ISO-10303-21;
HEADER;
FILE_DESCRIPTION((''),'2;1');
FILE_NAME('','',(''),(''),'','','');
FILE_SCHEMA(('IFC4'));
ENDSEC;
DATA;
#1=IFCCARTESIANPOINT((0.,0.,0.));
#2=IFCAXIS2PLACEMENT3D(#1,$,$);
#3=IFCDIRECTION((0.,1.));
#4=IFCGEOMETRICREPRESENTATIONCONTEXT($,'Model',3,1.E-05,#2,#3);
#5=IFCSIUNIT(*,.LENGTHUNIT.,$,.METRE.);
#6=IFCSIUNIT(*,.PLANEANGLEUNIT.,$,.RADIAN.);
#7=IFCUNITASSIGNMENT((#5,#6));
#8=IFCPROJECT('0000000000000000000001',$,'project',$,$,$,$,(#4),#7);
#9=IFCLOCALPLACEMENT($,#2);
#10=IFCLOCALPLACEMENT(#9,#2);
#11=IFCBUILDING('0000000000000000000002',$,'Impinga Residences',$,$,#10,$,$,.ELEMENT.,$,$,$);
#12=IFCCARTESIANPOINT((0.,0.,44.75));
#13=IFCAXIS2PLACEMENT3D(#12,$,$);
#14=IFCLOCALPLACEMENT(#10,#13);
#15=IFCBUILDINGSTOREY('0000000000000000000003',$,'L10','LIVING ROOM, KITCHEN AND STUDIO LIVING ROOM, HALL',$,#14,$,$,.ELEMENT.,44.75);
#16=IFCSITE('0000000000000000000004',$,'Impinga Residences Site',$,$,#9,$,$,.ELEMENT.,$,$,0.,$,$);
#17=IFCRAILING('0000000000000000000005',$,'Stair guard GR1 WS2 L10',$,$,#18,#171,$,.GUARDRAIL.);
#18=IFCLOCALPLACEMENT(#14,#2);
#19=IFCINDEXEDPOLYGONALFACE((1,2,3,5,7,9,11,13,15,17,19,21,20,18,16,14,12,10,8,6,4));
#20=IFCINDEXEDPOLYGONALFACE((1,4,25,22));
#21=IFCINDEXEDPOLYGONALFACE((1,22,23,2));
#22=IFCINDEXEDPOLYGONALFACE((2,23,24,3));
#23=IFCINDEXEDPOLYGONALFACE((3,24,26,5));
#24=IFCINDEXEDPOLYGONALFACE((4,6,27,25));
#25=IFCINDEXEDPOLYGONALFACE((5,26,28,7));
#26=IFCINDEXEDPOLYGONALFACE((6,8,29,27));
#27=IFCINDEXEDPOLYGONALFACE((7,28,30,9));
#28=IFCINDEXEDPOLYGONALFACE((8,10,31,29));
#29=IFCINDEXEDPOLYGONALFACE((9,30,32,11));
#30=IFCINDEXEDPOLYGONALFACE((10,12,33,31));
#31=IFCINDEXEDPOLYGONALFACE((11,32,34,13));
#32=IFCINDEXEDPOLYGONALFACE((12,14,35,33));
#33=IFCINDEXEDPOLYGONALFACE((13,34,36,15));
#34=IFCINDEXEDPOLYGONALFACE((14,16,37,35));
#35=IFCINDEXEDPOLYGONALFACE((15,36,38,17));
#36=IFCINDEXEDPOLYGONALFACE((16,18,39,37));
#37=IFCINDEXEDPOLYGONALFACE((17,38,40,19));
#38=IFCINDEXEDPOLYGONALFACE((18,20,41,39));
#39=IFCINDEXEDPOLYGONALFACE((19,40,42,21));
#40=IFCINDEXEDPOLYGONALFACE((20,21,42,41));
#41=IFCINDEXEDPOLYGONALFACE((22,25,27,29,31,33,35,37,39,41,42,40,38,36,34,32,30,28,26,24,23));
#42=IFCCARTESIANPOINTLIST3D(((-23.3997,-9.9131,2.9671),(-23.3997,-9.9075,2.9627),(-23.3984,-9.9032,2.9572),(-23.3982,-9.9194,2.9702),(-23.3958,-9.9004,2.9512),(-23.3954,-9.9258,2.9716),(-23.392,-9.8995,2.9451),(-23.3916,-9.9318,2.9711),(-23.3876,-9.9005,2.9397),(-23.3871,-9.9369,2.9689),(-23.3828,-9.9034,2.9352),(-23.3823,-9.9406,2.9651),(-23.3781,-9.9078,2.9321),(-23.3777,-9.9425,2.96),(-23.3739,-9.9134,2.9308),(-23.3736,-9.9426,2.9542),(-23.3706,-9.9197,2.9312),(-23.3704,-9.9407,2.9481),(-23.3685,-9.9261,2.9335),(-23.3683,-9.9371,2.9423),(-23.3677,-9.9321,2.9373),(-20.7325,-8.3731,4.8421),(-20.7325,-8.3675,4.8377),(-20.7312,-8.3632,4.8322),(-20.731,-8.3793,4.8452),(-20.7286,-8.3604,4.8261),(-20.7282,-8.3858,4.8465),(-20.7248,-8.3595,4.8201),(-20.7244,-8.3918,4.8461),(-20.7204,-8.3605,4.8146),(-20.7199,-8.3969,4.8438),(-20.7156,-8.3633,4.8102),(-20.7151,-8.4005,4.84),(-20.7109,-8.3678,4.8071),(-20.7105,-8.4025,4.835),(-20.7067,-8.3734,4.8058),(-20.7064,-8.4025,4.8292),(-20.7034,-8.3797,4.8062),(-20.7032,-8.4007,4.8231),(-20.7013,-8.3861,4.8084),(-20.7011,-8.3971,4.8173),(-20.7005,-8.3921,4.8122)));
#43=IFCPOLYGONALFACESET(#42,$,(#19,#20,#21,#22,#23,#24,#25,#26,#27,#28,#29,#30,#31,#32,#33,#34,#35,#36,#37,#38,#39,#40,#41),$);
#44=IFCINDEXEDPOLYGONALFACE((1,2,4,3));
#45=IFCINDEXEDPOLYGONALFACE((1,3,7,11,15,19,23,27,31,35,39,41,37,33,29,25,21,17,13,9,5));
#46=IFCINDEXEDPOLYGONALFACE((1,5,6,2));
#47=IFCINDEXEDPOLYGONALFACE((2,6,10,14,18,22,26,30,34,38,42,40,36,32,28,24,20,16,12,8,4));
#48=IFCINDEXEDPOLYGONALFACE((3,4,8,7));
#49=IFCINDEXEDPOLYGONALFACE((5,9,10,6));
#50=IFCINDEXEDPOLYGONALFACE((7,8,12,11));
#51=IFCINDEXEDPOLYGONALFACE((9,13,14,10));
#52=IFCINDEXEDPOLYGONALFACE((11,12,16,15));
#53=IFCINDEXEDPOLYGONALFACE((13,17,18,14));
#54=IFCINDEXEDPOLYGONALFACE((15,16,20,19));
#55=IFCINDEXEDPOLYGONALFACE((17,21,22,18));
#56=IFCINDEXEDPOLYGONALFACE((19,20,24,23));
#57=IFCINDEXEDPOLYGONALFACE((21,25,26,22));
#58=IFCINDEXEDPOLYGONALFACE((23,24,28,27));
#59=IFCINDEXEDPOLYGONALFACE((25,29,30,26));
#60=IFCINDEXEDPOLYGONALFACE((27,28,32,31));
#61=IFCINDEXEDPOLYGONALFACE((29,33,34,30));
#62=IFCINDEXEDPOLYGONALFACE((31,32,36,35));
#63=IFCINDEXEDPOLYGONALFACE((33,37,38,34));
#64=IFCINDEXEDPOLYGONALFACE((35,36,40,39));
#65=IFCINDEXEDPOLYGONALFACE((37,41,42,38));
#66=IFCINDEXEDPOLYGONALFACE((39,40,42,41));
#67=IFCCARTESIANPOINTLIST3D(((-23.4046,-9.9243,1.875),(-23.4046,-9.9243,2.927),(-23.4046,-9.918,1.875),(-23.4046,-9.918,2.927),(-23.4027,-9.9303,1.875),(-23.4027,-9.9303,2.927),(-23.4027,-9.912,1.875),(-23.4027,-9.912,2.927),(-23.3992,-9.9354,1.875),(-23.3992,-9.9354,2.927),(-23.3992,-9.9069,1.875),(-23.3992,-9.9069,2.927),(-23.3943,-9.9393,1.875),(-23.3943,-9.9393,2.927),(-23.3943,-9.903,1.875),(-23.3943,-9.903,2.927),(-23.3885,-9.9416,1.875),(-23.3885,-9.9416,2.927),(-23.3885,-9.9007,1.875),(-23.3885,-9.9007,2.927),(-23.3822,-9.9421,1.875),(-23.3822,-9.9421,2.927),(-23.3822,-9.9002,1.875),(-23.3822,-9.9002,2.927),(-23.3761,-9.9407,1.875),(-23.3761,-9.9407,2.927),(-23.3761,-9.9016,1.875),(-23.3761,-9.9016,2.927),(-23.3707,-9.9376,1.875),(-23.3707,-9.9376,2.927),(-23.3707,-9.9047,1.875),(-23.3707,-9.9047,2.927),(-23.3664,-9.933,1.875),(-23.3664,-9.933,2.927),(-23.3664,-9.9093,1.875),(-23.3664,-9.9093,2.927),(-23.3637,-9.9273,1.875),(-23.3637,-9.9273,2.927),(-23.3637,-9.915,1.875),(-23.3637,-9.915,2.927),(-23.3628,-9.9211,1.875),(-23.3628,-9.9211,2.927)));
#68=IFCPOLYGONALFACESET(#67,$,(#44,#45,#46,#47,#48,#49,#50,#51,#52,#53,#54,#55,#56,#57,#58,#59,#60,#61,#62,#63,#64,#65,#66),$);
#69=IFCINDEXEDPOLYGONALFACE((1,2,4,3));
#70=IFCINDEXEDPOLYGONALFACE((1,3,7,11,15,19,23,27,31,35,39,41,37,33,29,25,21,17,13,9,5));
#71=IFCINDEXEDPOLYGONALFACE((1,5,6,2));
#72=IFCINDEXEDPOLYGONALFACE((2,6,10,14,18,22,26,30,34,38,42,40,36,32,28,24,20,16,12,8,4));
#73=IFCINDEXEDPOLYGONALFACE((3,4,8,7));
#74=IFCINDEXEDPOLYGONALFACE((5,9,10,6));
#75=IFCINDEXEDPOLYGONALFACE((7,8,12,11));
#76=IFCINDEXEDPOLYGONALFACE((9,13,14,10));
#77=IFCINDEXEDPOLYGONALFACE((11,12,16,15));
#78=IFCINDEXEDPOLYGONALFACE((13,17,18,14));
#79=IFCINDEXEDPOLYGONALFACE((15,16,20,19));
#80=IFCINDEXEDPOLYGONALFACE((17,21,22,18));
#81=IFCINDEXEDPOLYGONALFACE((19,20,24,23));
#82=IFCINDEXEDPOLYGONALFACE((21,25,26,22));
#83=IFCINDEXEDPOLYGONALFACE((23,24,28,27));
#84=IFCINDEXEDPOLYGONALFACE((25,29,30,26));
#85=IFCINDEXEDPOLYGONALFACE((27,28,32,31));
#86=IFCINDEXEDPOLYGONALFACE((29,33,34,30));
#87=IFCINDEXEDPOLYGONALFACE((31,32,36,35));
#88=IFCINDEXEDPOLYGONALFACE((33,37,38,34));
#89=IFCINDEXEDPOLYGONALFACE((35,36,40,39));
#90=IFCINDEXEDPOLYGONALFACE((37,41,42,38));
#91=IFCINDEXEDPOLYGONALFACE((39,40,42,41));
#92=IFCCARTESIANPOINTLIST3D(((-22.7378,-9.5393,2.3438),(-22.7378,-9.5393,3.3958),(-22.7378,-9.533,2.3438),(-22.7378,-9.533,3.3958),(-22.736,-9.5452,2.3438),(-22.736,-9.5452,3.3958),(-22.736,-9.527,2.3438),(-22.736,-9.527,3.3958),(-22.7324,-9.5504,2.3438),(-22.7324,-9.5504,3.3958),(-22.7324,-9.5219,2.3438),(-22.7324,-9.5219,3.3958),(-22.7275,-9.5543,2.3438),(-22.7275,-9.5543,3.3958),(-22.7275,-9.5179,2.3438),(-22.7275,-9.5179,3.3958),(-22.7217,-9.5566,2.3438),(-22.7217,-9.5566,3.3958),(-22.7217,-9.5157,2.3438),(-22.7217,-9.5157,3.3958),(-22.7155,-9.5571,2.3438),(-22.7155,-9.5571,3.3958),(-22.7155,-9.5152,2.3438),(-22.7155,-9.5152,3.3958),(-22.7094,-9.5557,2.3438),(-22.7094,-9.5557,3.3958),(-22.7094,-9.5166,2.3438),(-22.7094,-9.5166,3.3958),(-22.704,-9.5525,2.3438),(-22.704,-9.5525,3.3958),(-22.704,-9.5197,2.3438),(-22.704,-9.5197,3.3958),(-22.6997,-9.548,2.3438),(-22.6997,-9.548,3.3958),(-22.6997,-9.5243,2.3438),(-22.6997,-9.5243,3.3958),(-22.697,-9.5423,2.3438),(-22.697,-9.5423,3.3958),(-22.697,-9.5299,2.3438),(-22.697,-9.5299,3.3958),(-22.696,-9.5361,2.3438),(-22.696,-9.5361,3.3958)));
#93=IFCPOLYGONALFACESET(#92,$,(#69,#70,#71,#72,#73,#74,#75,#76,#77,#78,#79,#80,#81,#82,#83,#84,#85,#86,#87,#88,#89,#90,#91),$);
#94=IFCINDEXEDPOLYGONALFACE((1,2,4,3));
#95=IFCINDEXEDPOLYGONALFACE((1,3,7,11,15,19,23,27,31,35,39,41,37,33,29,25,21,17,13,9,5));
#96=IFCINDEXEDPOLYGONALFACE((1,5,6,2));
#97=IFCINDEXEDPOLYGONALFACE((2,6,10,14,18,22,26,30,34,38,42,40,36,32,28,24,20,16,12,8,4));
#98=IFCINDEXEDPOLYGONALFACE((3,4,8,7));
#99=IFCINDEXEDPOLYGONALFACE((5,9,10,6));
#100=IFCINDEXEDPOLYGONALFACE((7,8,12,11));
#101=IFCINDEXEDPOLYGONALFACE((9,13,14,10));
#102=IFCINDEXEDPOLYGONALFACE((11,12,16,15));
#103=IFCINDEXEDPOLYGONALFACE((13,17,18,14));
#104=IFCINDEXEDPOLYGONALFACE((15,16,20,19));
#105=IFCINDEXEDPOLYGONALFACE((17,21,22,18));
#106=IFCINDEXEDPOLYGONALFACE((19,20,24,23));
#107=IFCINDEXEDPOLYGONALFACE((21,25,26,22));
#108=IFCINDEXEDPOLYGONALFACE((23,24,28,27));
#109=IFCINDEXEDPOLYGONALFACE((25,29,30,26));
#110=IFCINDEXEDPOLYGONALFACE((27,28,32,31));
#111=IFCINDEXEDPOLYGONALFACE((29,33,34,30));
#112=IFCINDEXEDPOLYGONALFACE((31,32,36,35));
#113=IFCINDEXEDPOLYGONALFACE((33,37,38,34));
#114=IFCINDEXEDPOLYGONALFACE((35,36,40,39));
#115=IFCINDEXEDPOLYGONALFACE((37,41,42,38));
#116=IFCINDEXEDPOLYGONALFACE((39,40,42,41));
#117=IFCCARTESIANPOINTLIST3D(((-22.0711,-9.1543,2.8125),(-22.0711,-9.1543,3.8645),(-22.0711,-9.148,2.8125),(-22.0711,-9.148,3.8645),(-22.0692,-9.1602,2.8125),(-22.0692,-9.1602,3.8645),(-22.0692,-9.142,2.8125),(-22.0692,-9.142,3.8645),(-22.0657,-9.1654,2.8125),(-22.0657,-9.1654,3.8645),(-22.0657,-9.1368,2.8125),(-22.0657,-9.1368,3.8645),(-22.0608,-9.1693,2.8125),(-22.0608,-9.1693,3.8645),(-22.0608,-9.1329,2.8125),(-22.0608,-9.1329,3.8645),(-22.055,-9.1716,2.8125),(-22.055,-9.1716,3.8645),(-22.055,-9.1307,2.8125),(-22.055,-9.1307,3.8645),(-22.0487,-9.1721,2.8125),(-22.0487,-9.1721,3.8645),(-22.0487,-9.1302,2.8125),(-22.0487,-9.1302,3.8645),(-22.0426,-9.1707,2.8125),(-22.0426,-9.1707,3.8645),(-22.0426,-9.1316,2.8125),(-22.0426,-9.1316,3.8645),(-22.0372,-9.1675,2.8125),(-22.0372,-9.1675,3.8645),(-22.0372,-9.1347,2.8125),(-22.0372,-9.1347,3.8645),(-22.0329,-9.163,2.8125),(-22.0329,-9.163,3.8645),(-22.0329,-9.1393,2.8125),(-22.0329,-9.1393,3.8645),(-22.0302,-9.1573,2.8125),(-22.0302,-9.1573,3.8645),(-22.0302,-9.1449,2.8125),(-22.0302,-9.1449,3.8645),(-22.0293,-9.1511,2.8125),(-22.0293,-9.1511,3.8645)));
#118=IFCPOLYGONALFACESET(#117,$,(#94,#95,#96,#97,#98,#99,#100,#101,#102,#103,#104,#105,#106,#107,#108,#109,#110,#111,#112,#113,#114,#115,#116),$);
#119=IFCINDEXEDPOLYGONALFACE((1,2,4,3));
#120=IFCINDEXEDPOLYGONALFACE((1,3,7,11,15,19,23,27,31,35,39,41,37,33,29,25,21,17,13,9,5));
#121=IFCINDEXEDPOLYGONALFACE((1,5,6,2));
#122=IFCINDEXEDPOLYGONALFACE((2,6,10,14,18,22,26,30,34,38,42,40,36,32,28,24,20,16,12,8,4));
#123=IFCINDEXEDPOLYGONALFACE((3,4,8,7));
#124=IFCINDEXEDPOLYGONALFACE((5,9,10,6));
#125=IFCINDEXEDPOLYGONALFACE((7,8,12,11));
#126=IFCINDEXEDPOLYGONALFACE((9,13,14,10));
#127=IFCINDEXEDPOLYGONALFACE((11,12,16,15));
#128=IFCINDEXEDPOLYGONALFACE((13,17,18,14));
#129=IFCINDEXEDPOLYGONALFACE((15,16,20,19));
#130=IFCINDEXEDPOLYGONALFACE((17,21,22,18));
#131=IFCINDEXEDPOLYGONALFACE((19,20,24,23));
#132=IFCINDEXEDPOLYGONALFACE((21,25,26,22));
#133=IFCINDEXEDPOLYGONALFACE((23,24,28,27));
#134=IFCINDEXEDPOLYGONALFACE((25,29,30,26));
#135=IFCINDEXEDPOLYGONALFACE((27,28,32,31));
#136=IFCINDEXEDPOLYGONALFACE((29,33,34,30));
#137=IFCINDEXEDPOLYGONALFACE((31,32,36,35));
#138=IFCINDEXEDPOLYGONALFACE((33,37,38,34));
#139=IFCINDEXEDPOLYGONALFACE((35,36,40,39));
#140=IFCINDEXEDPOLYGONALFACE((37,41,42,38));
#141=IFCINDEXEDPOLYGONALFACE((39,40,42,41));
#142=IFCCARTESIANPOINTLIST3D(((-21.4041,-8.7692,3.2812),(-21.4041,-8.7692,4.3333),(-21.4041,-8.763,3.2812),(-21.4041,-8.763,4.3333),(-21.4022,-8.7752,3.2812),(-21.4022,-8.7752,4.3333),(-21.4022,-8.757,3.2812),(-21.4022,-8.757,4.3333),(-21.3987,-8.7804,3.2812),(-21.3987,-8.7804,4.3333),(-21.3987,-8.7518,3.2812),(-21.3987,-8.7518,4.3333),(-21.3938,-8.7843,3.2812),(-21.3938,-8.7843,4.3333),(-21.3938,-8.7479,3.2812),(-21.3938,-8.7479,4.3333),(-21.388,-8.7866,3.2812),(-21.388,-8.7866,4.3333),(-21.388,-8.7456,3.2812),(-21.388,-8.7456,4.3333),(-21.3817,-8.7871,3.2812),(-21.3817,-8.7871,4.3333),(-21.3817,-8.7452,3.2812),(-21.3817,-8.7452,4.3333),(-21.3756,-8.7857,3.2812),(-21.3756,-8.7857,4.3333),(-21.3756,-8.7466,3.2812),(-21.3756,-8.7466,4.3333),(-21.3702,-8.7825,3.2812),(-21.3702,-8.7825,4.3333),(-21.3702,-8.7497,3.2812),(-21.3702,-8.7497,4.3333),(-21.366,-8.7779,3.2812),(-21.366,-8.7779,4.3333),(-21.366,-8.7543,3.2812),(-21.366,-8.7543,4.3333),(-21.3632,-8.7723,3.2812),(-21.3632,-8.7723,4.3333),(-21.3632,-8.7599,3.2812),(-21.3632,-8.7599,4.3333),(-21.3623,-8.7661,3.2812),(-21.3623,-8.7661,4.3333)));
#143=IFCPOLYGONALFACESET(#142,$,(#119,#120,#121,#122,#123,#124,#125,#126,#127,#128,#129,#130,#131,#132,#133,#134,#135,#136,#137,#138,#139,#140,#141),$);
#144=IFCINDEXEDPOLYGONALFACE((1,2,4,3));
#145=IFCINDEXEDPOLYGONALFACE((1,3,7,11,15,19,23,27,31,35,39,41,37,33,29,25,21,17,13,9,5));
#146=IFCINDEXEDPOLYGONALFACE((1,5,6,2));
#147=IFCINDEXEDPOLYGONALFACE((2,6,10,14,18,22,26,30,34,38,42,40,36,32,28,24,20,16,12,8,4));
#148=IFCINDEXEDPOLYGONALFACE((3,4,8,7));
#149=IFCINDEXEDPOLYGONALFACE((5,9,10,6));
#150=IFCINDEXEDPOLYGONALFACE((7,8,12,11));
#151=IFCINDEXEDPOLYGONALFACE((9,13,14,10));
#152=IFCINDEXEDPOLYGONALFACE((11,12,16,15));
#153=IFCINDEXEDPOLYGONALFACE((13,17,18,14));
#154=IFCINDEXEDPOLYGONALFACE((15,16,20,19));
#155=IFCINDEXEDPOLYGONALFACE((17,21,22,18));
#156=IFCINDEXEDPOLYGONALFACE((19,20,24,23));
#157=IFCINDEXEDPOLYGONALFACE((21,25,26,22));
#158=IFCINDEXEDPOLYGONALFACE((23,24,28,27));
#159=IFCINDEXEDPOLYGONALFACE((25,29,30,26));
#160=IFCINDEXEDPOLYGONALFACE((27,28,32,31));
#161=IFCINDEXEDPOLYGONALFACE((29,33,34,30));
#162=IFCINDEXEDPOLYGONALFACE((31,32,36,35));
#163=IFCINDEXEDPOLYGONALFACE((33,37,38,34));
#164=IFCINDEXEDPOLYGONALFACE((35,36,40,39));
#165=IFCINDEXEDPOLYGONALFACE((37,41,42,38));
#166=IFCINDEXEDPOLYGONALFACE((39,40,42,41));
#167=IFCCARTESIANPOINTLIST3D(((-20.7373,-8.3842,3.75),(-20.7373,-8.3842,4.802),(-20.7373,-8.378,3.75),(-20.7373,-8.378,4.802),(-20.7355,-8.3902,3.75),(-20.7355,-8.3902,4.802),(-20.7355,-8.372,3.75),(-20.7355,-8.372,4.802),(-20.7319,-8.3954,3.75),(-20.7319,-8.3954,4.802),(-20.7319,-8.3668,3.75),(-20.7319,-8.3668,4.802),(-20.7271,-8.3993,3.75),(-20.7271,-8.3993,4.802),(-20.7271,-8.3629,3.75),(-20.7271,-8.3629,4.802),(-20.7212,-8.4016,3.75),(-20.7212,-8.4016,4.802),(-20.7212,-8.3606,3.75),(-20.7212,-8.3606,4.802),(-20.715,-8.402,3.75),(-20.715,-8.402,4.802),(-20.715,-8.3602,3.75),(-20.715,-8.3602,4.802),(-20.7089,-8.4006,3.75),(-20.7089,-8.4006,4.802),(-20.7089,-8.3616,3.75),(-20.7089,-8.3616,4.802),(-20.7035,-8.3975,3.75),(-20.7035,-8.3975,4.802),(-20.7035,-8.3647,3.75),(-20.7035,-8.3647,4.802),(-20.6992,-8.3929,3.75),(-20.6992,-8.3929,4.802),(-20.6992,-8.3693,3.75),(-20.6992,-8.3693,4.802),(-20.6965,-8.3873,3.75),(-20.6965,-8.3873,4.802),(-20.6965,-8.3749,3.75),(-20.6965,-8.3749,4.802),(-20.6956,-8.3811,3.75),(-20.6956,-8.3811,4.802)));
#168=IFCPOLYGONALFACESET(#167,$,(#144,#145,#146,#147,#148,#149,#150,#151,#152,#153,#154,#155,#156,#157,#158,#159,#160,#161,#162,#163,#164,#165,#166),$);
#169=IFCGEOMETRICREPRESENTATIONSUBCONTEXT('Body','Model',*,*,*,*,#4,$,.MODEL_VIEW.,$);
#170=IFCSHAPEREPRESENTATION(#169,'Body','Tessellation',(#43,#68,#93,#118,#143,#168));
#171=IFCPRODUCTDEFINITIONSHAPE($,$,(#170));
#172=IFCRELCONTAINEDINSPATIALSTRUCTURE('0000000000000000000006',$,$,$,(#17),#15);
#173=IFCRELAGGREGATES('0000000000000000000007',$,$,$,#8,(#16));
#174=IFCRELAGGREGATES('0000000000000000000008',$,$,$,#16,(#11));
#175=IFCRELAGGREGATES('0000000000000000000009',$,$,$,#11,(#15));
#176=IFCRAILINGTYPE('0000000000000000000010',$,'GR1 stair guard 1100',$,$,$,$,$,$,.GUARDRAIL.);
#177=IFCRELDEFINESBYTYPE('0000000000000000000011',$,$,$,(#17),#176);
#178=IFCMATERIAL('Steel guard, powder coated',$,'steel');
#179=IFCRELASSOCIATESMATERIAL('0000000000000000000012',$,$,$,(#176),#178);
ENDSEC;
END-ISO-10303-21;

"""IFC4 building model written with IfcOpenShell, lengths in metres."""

from ifc_helpers import new_model, si_unit, direction, frame, origin, origin_2d, place, context, subcontext, project, spatial, circle, extrude, material, type_object, element, save


model = new_model("IFC4")

# Units and contexts
model_context = context("Model", 3, precision=1e-05, world=origin(), true_north=direction((0.0, 1.0)))
body_context = subcontext(model_context, "Body", "Model", "MODEL_VIEW")
ifc_project = project(units=[si_unit("LENGTHUNIT", "METRE"), si_unit("PLANEANGLEUNIT", "RADIAN")], contexts=[model_context])

# Site, building, storey
site_placement = place(None, origin())
site = spatial("IfcSite", under=ifc_project, at=site_placement, Name="Impinga Residences Site", CompositionType="ELEMENT", RefElevation=0.0)
building_placement = place(site_placement, origin())
building = spatial("IfcBuilding", under=site, at=building_placement, Name="Impinga Residences", CompositionType="ELEMENT")
storey_placement = place(building_placement, frame((0.0, 0.0, 44.75)))
storey = spatial("IfcBuildingStorey", under=building, at=storey_placement, Name="L10", Description="LIVING ROOM, KITCHEN AND STUDIO LIVING ROOM, HALL", CompositionType="ELEMENT", Elevation=44.75)

# Railing
ifc_material_1 = material(Name="Steel guard, powder coated", Category="steel")
railing_type_1 = type_object("IfcRailingType", Name="GR1 stair guard 1100", PredefinedType="GUARDRAIL", material=ifc_material_1)
railing_1_placement = place(storey_placement, frame((-23.3838, -9.9211, 1.875)))
element("IfcRailing", 1, at=railing_1_placement, inside=storey, type_object=railing_type_1, Name="Stair guard GR1 WS2 L10", PredefinedType="GUARDRAIL", context=body_context, shape_type="SweptSolid", body=[
    extrude(circle(Radius=0.0239, at=origin_2d()), frame((0.0, 0.0, 1.0762), z_axis=(0.739716, 0.427105, 0.520002), x_axis=(-0.500027, 0.86601, 0.0)), (0.0, 0.0, 1.0), 3.6057),
    extrude(circle(Radius=0.021, at=origin_2d()), origin(), (0.0, 0.0, 1.0), 1.052),
    extrude(circle(Radius=0.021, at=origin_2d()), frame((0.6667, 0.385, 0.4688)), (0.0, 0.0, 1.0), 1.052),
    extrude(circle(Radius=0.021, at=origin_2d()), frame((1.3335, 0.77, 0.9375)), (0.0, 0.0, 1.0), 1.052),
    extrude(circle(Radius=0.021, at=origin_2d()), frame((2.0005, 1.155, 1.4062)), (0.0, 0.0, 1.0), 1.052),
    extrude(circle(Radius=0.021, at=origin_2d()), frame((2.6672, 1.54, 1.875)), (0.0, 0.0, 1.0), 1.052),
])

save(model, "model.ifc")
